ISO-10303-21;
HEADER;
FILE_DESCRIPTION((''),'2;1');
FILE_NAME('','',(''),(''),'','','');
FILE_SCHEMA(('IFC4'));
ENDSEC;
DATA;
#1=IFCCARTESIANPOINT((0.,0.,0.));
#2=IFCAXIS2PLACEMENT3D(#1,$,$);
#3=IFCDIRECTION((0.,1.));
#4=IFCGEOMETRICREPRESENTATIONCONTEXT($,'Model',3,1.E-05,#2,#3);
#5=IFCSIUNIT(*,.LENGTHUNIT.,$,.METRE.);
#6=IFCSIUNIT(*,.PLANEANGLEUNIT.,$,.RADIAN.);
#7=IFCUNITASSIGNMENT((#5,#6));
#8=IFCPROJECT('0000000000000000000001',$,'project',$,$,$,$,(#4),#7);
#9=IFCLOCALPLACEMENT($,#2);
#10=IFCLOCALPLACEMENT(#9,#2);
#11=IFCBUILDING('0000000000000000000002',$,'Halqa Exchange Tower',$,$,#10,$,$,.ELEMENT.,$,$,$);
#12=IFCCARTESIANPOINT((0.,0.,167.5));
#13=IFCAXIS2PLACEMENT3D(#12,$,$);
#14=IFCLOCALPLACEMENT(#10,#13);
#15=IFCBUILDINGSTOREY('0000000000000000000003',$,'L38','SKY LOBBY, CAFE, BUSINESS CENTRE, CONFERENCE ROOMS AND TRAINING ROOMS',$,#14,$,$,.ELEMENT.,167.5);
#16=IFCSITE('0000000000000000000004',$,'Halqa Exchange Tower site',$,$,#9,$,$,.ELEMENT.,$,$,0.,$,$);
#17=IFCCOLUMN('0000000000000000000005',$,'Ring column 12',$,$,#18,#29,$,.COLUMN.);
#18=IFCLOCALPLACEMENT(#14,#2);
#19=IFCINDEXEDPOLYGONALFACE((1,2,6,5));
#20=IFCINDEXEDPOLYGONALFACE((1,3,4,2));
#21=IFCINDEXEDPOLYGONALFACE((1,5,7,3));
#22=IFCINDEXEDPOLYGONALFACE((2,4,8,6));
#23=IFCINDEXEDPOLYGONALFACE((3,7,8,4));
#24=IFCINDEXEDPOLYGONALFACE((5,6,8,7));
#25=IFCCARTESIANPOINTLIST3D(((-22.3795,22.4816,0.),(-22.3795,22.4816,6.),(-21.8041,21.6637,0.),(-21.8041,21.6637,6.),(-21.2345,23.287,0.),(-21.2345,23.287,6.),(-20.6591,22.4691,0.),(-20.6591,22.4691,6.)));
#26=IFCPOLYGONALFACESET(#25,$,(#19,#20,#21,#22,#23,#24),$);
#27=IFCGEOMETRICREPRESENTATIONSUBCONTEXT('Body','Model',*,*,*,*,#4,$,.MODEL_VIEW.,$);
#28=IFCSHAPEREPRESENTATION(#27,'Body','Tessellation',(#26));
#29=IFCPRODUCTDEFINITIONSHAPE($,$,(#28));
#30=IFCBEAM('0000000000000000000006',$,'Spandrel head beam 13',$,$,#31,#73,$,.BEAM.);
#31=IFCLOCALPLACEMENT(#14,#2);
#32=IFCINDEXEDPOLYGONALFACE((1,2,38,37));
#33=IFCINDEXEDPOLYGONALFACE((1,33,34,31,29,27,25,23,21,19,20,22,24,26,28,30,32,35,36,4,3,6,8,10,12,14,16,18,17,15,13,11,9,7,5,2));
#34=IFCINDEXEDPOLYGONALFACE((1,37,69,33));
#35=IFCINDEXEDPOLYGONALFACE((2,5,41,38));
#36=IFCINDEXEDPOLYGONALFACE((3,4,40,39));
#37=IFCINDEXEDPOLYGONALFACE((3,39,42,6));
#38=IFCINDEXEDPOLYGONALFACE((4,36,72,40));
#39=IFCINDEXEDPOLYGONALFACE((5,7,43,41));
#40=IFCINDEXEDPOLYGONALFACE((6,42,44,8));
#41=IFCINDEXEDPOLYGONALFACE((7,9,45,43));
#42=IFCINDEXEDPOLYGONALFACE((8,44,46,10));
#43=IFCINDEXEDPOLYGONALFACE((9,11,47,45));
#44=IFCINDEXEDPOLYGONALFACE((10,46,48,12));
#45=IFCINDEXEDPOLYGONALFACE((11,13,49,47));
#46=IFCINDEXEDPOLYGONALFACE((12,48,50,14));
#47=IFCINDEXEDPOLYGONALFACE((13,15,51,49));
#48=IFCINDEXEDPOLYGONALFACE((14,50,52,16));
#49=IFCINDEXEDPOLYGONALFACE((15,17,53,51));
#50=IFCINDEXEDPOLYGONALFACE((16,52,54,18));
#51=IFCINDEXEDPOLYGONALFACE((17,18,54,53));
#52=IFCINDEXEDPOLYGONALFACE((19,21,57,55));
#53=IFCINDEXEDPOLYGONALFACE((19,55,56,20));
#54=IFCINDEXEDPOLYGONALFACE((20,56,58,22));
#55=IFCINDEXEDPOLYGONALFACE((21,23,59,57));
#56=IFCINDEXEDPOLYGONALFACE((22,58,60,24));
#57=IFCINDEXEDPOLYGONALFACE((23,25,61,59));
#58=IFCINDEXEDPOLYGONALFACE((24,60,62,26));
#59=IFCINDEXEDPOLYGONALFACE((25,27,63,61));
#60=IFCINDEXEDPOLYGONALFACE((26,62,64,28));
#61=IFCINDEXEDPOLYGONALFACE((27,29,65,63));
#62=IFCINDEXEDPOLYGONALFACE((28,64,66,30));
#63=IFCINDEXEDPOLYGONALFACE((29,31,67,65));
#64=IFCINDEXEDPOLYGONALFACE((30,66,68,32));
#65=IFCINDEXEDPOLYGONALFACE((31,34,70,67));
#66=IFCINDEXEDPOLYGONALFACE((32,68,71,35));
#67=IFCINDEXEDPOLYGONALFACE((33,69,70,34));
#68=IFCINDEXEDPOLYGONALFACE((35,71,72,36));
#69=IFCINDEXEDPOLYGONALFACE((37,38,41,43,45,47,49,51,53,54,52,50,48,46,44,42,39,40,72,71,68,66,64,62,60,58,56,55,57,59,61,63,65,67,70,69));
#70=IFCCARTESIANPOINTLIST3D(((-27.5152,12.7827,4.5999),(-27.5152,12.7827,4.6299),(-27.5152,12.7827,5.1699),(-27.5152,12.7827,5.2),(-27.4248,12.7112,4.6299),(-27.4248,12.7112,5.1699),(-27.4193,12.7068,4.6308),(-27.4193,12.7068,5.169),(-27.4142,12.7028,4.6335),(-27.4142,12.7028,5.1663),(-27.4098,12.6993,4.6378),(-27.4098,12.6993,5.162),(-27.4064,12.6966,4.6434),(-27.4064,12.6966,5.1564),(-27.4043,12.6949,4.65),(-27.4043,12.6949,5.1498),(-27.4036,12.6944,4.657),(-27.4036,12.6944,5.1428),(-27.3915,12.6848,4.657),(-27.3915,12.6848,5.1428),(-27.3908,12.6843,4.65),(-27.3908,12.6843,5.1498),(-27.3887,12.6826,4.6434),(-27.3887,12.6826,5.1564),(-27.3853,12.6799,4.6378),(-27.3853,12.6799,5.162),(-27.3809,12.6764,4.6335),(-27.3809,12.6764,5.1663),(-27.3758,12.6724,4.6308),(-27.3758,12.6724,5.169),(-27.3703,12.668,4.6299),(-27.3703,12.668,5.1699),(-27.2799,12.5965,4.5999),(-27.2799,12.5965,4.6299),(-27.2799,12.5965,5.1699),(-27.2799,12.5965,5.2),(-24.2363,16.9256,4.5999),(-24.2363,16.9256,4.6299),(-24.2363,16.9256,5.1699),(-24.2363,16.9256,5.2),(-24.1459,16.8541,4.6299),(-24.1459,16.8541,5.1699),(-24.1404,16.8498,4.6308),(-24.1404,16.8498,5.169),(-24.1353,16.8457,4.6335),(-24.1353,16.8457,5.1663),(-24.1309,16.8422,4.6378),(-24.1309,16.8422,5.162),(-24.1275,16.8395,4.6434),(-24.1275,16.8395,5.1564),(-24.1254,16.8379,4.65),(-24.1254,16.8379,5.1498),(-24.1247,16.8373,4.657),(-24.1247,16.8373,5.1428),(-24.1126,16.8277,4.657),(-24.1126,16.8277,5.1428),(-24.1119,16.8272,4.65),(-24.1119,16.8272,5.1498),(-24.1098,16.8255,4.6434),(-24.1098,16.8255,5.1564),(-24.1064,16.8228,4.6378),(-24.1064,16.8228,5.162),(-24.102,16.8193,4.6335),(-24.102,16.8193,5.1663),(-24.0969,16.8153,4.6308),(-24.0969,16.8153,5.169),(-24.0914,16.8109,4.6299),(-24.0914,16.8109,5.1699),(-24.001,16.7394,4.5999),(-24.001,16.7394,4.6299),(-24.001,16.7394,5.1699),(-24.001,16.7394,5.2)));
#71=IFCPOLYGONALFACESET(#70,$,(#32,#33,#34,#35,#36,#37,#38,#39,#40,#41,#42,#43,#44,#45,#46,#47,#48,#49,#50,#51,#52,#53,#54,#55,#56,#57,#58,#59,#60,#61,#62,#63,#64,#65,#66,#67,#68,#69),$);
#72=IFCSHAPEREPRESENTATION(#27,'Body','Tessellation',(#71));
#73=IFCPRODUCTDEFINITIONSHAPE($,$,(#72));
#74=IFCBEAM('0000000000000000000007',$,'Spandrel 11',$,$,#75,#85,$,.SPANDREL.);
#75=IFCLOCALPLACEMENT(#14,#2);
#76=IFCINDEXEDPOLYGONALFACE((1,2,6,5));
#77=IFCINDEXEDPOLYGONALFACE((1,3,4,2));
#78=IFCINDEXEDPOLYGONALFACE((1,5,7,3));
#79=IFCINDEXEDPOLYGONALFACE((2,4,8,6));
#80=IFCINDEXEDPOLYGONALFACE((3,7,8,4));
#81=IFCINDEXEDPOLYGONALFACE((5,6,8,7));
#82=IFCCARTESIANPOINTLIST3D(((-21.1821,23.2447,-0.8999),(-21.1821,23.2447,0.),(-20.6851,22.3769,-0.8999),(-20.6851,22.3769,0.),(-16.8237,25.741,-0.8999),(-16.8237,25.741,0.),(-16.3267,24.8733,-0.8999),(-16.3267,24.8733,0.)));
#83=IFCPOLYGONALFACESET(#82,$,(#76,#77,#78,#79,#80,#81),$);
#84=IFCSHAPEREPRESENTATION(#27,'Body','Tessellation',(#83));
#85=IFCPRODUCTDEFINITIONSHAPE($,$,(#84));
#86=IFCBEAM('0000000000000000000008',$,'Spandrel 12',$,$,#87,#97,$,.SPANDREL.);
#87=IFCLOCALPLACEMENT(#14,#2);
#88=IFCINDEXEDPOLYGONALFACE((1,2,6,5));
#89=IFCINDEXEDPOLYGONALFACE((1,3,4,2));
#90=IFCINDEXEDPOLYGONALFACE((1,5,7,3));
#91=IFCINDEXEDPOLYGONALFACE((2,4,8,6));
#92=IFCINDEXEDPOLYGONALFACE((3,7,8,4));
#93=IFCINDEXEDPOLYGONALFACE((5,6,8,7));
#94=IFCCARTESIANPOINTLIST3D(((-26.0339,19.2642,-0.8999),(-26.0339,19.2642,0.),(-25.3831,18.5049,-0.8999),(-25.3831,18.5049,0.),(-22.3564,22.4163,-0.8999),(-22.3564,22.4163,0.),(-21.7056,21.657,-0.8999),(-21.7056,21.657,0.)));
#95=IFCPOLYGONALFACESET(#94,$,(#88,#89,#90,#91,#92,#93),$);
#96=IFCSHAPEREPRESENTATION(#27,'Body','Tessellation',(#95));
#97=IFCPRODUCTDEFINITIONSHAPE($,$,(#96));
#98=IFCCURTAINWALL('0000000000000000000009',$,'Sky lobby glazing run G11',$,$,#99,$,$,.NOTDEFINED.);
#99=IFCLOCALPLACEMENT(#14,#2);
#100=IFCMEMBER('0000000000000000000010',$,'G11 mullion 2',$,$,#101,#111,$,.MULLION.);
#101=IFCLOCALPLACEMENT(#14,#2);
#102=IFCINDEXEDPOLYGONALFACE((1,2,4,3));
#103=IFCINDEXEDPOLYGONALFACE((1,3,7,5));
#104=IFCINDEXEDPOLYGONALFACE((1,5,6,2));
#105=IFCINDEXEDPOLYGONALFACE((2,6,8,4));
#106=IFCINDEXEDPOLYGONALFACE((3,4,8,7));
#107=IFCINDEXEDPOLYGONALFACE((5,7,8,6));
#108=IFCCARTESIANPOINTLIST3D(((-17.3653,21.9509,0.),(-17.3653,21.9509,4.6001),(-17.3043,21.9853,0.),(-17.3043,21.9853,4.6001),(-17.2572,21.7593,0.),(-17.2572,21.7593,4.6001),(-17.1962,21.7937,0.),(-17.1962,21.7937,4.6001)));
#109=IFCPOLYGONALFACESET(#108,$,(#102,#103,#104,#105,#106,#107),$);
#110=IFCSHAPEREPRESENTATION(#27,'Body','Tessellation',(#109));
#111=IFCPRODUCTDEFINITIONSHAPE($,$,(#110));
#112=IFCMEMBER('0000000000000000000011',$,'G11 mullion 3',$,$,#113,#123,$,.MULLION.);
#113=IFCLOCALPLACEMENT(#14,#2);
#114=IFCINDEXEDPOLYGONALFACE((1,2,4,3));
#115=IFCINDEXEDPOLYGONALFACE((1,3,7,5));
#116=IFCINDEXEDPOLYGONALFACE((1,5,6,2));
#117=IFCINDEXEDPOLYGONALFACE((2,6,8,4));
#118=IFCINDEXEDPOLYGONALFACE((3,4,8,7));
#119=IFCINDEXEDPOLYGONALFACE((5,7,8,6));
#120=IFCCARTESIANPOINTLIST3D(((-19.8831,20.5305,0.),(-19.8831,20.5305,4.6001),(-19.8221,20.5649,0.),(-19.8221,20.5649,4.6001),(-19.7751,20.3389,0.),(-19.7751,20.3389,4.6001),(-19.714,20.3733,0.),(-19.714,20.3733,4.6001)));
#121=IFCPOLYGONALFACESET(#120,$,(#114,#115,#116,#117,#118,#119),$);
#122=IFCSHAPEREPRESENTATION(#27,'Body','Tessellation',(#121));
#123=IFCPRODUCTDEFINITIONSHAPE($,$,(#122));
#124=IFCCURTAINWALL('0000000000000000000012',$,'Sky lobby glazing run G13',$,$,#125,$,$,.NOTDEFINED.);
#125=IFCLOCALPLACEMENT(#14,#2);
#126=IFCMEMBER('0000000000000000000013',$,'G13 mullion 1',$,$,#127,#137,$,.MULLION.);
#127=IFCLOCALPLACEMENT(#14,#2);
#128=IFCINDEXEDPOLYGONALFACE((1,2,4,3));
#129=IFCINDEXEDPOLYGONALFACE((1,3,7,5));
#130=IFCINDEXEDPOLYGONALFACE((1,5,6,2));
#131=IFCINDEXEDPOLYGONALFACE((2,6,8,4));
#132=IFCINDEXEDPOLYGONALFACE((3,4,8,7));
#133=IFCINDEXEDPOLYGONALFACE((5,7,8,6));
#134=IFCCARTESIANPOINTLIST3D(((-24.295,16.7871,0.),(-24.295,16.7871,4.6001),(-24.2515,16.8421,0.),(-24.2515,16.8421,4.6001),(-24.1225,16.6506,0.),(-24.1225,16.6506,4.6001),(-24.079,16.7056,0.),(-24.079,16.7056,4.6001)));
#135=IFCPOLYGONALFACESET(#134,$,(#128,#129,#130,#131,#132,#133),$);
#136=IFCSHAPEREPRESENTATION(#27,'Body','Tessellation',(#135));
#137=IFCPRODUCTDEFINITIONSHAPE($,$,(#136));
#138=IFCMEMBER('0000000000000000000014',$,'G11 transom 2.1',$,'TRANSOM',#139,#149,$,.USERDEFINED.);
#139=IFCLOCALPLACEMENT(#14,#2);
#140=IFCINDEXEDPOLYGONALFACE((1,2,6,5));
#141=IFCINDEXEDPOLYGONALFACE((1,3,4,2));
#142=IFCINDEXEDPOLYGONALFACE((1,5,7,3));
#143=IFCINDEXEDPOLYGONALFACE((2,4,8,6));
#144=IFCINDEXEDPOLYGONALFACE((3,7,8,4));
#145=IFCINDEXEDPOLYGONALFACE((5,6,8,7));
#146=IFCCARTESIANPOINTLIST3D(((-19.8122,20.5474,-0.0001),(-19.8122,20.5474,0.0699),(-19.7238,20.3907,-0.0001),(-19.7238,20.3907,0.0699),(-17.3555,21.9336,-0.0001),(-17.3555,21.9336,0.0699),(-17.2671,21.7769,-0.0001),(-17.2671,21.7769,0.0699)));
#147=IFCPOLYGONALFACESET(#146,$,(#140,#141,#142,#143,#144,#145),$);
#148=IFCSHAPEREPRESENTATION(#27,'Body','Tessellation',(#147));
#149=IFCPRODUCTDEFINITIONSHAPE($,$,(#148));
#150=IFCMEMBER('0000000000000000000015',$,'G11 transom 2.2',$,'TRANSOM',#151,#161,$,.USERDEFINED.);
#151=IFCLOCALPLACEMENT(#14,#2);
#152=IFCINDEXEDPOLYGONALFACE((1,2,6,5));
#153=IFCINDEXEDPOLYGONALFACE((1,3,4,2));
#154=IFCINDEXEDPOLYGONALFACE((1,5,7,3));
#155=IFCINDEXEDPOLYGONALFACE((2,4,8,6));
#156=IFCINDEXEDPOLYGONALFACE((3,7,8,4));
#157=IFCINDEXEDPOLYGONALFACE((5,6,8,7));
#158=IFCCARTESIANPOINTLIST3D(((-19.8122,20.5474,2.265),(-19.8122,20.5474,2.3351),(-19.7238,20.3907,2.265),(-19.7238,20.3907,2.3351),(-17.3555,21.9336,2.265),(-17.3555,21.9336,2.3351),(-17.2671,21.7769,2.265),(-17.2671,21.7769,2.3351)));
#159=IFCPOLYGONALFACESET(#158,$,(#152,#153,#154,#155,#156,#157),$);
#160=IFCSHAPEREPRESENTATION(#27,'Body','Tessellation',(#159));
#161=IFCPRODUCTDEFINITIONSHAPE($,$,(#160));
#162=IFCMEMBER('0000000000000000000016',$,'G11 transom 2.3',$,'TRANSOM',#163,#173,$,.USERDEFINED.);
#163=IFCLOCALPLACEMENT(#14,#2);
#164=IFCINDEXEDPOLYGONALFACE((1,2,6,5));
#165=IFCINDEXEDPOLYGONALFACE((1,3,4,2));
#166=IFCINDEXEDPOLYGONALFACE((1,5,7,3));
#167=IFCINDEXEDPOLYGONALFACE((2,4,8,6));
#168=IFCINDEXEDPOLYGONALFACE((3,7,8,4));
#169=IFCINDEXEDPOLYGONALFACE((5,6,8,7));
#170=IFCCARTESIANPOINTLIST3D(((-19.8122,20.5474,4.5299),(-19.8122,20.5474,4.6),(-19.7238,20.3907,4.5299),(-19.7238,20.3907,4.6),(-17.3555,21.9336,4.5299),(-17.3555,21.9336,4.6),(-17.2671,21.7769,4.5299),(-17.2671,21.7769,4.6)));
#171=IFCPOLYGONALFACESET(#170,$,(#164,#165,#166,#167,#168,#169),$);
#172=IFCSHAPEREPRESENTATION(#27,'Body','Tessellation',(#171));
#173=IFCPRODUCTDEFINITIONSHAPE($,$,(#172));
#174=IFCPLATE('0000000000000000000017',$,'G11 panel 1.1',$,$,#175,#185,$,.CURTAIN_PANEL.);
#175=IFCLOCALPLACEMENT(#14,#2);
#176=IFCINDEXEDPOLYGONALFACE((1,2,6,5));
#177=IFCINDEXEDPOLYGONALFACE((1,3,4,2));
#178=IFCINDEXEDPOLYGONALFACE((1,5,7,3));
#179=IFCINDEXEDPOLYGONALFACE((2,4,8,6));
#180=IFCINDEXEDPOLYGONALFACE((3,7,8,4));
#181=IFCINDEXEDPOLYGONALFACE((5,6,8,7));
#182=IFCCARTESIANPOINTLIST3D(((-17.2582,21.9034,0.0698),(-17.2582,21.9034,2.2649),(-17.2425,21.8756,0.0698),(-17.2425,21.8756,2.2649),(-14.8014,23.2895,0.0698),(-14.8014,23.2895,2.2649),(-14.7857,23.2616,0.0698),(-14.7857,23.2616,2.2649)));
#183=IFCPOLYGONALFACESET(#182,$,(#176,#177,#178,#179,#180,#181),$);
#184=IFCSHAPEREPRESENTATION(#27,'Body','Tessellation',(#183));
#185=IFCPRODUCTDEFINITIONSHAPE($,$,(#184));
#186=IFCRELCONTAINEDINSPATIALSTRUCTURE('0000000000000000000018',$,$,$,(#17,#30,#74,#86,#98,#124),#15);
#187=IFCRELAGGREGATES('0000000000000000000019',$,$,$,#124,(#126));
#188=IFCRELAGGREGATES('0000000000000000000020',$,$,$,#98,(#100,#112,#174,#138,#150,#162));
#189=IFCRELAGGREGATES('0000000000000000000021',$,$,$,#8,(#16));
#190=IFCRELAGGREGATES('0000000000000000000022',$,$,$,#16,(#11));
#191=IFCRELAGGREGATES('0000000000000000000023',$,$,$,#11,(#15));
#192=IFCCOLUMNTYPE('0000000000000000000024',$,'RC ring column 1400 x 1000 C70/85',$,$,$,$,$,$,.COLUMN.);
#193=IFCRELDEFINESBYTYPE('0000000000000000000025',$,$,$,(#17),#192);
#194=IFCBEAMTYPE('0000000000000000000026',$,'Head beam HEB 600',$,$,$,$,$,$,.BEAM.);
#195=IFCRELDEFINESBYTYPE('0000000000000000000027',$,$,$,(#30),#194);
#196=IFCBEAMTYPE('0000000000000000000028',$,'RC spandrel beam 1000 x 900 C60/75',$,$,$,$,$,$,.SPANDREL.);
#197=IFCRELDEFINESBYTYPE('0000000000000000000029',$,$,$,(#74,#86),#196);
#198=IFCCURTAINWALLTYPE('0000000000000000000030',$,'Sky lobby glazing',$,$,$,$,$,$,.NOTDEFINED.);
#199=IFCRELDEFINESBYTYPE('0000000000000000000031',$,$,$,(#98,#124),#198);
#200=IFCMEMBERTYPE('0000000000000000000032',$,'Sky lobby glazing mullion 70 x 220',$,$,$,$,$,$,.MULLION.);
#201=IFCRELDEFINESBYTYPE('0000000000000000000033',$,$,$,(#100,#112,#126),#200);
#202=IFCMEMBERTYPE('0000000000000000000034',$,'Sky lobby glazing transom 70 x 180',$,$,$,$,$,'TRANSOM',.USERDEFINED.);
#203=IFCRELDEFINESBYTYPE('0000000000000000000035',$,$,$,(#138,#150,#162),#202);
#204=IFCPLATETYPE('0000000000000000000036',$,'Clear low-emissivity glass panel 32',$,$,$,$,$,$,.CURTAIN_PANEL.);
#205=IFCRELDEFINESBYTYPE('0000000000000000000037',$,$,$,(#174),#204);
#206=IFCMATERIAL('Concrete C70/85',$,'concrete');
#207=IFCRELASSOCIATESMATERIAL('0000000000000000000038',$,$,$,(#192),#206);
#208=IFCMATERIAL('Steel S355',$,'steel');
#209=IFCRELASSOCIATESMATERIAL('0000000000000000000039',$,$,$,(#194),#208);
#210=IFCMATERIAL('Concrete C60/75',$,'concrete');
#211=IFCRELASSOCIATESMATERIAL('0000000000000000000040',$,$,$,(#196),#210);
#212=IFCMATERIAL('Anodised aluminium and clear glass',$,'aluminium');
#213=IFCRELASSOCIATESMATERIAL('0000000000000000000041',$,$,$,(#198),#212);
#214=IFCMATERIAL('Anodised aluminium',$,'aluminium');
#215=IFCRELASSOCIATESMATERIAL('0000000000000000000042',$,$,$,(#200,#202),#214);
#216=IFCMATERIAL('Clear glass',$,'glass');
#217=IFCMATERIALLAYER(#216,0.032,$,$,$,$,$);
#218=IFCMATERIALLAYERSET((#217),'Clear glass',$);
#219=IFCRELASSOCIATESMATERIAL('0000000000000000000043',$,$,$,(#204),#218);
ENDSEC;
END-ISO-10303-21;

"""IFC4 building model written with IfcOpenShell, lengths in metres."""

from ifc_helpers import new_model, si_unit, direction, frame, origin, origin_2d, place, context, subcontext, project, spatial, rectangle, i_section, extrude, material, layer, layer_set, material_profile, profile_set, type_object, element, aggregate, save


model = new_model("IFC4")

# Units and contexts
model_context = context("Model", 3, precision=1e-05, world=origin(), true_north=direction((0.0, 1.0)))
body_context = subcontext(model_context, "Body", "Model", "MODEL_VIEW")
ifc_project = project(units=[si_unit("LENGTHUNIT", "METRE"), si_unit("PLANEANGLEUNIT", "RADIAN")], contexts=[model_context])

# Site, building, storey
site_placement = place(None, origin())
site = spatial("IfcSite", under=ifc_project, at=site_placement, Name="Halqa Exchange Tower site", CompositionType="ELEMENT", RefElevation=0.0)
building_placement = place(site_placement, origin())
building = spatial("IfcBuilding", under=site, at=building_placement, Name="Halqa Exchange Tower", CompositionType="ELEMENT")
storey_placement = place(building_placement, frame((0.0, 0.0, 167.5)))
storey = spatial("IfcBuildingStorey", under=building, at=storey_placement, Name="L38", Description="SKY LOBBY, CAFE, BUSINESS CENTRE, CONFERENCE ROOMS AND TRAINING ROOMS", CompositionType="ELEMENT", Elevation=167.5)

# Column
ifc_material_1 = material(Name="Concrete C70/85", Category="concrete")
ifc_material_profile_1 = material_profile(ifc_material_1, rectangle(XDim=1.3999, YDim=1.0, at=origin_2d()), Name="1400 x 1000")
ifc_profile_set_1 = profile_set([ifc_material_profile_1], Name="Concrete C70/85")
column_type = type_object("IfcColumnType", Name="RC ring column 1400 x 1000 C70/85", PredefinedType="COLUMN", material=ifc_profile_set_1)
column_placement = place(storey_placement, frame((-21.5193, 22.4753, 0.0), z_axis=(0.0, 0.0, 1.0), x_axis=(-0.817911, -0.575345, 0.0)))
element("IfcColumn", 1, at=column_placement, inside=storey, type_object=column_type, Name="Ring column 12", PredefinedType="COLUMN", context=body_context, shape_type="SweptSolid", body=[
    extrude(rectangle(XDim=1.3999, YDim=1.0, at=origin_2d()), origin(), (0.0, 0.0, 1.0), 6.0),
])

# Beams
ifc_material_2 = material(Name="Steel S355", Category="steel")
ifc_material_profile_2 = material_profile(ifc_material_2, i_section(OverallWidth=0.3, OverallDepth=0.6001, WebThickness=0.0154, FlangeThickness=0.03, FilletRadius=0.0271, at=origin_2d()), Name="HEB 600")
ifc_profile_set_2 = profile_set([ifc_material_profile_2], Name="Steel S355")
beam_type_1 = type_object("IfcBeamType", Name="Head beam HEB 600", PredefinedType="BEAM", material=ifc_profile_set_2)
beam_1_placement = place(storey_placement, frame((-24.1187, 16.8325, 4.8999), z_axis=(-0.620595, -0.784131, 0.0), x_axis=(0.784131, -0.620595, 0.0)))
element("IfcBeam", 2, at=beam_1_placement, inside=storey, type_object=beam_type_1, Name="Spandrel head beam 13", PredefinedType="BEAM", context=body_context, shape_type="SweptSolid", body=[
    extrude(i_section(OverallWidth=0.3, OverallDepth=0.6001, WebThickness=0.0154, FlangeThickness=0.03, FilletRadius=0.0271, at=origin_2d()), origin(), (0.0, 0.0, 1.0), 5.2834),
])
ifc_material_3 = material(Name="Concrete C60/75", Category="concrete")
ifc_material_profile_3 = material_profile(ifc_material_3, rectangle(XDim=1.0, YDim=0.8999, at=origin_2d()), Name="1000 x 900")
ifc_profile_set_3 = profile_set([ifc_material_profile_3], Name="Concrete C60/75")
beam_type_2 = type_object("IfcBeamType", Name="RC spandrel beam 1000 x 900 C60/75", PredefinedType="SPANDREL", material=ifc_profile_set_3)
beam_2_placement = place(storey_placement, frame((-16.5752, 25.3071, -0.45), z_axis=(-0.867743, -0.497013, 0.0), x_axis=(0.497013, -0.867743, 0.0)))
element("IfcBeam", 3, at=beam_2_placement, inside=storey, type_object=beam_type_2, Name="Spandrel 11", PredefinedType="SPANDREL", context=body_context, shape_type="SweptSolid", body=[
    extrude(rectangle(XDim=1.0, YDim=0.8999, at=origin_2d()), origin(), (0.0, 0.0, 1.0), 5.0227),
])
beam_3_placement = place(storey_placement, frame((-22.031, 22.0366, -0.45), z_axis=(-0.75926, -0.650787, 0.0), x_axis=(0.650787, -0.75926, 0.0)))
element("IfcBeam", 4, at=beam_3_placement, inside=storey, type_object=beam_type_2, Name="Spandrel 12", PredefinedType="SPANDREL", context=body_context, shape_type="SweptSolid", body=[
    extrude(rectangle(XDim=1.0, YDim=0.8999, at=origin_2d()), origin(), (0.0, 0.0, 1.0), 4.8435),
])

# Curtain wall, members
ifc_material_4 = material(Name="Anodised aluminium and clear glass", Category="aluminium")
curtain_wall_type = type_object("IfcCurtainWallType", Name="Sky lobby glazing", PredefinedType="NOTDEFINED", material=ifc_material_4)
curtain_wall_1_placement = place(storey_placement, origin())
curtain_wall_1 = element("IfcCurtainWall", 5, at=curtain_wall_1_placement, inside=storey, type_object=curtain_wall_type, Name="Sky lobby glazing run G11", PredefinedType="NOTDEFINED")
ifc_material_5 = material(Name="Anodised aluminium", Category="aluminium")
ifc_material_profile_4 = material_profile(ifc_material_5, rectangle(XDim=0.22, YDim=0.0701, at=origin_2d()), Name="AL 70x220")
ifc_profile_set_4 = profile_set([ifc_material_profile_4], Name="Anodised aluminium")
member_type_1 = type_object("IfcMemberType", Name="Sky lobby glazing mullion 70 x 220", PredefinedType="MULLION", material=ifc_profile_set_4)
member_1_placement = place(storey_placement, frame((-17.2808, 21.8723, 0.0), z_axis=(0.0, 0.0, 1.0), x_axis=(0.491354, -0.87096, 0.0)))
member_1 = element("IfcMember", 6, at=member_1_placement, type_object=member_type_1, Name="G11 mullion 2", PredefinedType="MULLION", context=body_context, shape_type="SweptSolid", body=[
    extrude(rectangle(XDim=0.22, YDim=0.0701, at=origin_2d()), origin(), (0.0, 0.0, 1.0), 4.6001),
])
member_2_placement = place(storey_placement, frame((-19.7986, 20.4519, 0.0), z_axis=(0.0, 0.0, 1.0), x_axis=(0.491354, -0.87096, 0.0)))
member_2 = element("IfcMember", 7, at=member_2_placement, type_object=member_type_1, Name="G11 mullion 3", PredefinedType="MULLION", context=body_context, shape_type="SweptSolid", body=[
    extrude(rectangle(XDim=0.22, YDim=0.0701, at=origin_2d()), origin(), (0.0, 0.0, 1.0), 4.6001),
])

# Curtain wall, member
curtain_wall_2_placement = place(storey_placement, origin())
curtain_wall_2 = element("IfcCurtainWall", 8, at=curtain_wall_2_placement, inside=storey, type_object=curtain_wall_type, Name="Sky lobby glazing run G13", PredefinedType="NOTDEFINED")
member_3_placement = place(storey_placement, frame((-24.187, 16.7463, 0.0), z_axis=(0.0, 0.0, 1.0), x_axis=(0.78414, -0.620584, 0.0)))
member_3 = element("IfcMember", 9, at=member_3_placement, type_object=member_type_1, Name="G13 mullion 1", PredefinedType="MULLION", context=body_context, shape_type="SweptSolid", body=[
    extrude(rectangle(XDim=0.22, YDim=0.0701, at=origin_2d()), origin(), (0.0, 0.0, 1.0), 4.6001),
])
aggregate(curtain_wall_2, [member_3])

# Members
ifc_material_profile_5 = material_profile(ifc_material_5, rectangle(XDim=0.1799, YDim=0.0701, at=origin_2d()), Name="AL 70x180")
ifc_profile_set_5 = profile_set([ifc_material_profile_5], Name="Anodised aluminium")
member_type_2 = type_object("IfcMemberType", Name="Sky lobby glazing transom 70 x 180", ElementType="TRANSOM", PredefinedType="USERDEFINED", material=ifc_profile_set_5)
member_4_placement = place(storey_placement, frame((-17.3113, 21.8552, 0.0349), z_axis=(-0.870925, -0.491415, 0.0), x_axis=(0.491415, -0.870925, 0.0)))
member_4 = element("IfcMember", 10, at=member_4_placement, type_object=member_type_2, Name="G11 transom 2.1", ObjectType="TRANSOM", PredefinedType="USERDEFINED", context=body_context, shape_type="SweptSolid", body=[
    extrude(rectangle(XDim=0.1799, YDim=0.0701, at=origin_2d()), origin(), (0.0, 0.0, 1.0), 2.8208),
])
member_5_placement = place(storey_placement, frame((-17.3113, 21.8552, 2.3), z_axis=(-0.870925, -0.491415, 0.0), x_axis=(0.491415, -0.870925, 0.0)))
member_5 = element("IfcMember", 11, at=member_5_placement, type_object=member_type_2, Name="G11 transom 2.2", ObjectType="TRANSOM", PredefinedType="USERDEFINED", context=body_context, shape_type="SweptSolid", body=[
    extrude(rectangle(XDim=0.1799, YDim=0.0701, at=origin_2d()), origin(), (0.0, 0.0, 1.0), 2.8208),
])
member_6_placement = place(storey_placement, frame((-17.3113, 21.8552, 4.5649), z_axis=(-0.870925, -0.491415, 0.0), x_axis=(0.491415, -0.870925, 0.0)))
member_6 = element("IfcMember", 12, at=member_6_placement, type_object=member_type_2, Name="G11 transom 2.3", ObjectType="TRANSOM", PredefinedType="USERDEFINED", context=body_context, shape_type="SweptSolid", body=[
    extrude(rectangle(XDim=0.1799, YDim=0.0701, at=origin_2d()), origin(), (0.0, 0.0, 1.0), 2.8208),
])

# Plate
ifc_material_6 = material(Name="Clear glass", Category="glass")
ifc_layer_1 = layer(ifc_material_6, 0.032)
ifc_layer_set_1 = layer_set([ifc_layer_1], Name="Clear glass")
plate_type = type_object("IfcPlateType", Name="Clear low-emissivity glass panel 32", PredefinedType="CURTAIN_PANEL", material=ifc_layer_set_1)
plate_1_placement = place(storey_placement, frame((-16.022, 22.5825, 0.0698), z_axis=(0.0, 0.0, 1.0), x_axis=(-0.87096, -0.491354, 0.0)))
plate_1 = element("IfcPlate", 13, at=plate_1_placement, type_object=plate_type, Name="G11 panel 1.1", PredefinedType="CURTAIN_PANEL", context=body_context, shape_type="SweptSolid", body=[
    extrude(rectangle(XDim=2.8208, YDim=0.032, at=origin_2d()), origin(), (0.0, 0.0, 1.0), 2.1951),
])
aggregate(curtain_wall_1, [member_1, member_2, plate_1, member_4, member_5, member_6])

save(model, "model.ifc")
